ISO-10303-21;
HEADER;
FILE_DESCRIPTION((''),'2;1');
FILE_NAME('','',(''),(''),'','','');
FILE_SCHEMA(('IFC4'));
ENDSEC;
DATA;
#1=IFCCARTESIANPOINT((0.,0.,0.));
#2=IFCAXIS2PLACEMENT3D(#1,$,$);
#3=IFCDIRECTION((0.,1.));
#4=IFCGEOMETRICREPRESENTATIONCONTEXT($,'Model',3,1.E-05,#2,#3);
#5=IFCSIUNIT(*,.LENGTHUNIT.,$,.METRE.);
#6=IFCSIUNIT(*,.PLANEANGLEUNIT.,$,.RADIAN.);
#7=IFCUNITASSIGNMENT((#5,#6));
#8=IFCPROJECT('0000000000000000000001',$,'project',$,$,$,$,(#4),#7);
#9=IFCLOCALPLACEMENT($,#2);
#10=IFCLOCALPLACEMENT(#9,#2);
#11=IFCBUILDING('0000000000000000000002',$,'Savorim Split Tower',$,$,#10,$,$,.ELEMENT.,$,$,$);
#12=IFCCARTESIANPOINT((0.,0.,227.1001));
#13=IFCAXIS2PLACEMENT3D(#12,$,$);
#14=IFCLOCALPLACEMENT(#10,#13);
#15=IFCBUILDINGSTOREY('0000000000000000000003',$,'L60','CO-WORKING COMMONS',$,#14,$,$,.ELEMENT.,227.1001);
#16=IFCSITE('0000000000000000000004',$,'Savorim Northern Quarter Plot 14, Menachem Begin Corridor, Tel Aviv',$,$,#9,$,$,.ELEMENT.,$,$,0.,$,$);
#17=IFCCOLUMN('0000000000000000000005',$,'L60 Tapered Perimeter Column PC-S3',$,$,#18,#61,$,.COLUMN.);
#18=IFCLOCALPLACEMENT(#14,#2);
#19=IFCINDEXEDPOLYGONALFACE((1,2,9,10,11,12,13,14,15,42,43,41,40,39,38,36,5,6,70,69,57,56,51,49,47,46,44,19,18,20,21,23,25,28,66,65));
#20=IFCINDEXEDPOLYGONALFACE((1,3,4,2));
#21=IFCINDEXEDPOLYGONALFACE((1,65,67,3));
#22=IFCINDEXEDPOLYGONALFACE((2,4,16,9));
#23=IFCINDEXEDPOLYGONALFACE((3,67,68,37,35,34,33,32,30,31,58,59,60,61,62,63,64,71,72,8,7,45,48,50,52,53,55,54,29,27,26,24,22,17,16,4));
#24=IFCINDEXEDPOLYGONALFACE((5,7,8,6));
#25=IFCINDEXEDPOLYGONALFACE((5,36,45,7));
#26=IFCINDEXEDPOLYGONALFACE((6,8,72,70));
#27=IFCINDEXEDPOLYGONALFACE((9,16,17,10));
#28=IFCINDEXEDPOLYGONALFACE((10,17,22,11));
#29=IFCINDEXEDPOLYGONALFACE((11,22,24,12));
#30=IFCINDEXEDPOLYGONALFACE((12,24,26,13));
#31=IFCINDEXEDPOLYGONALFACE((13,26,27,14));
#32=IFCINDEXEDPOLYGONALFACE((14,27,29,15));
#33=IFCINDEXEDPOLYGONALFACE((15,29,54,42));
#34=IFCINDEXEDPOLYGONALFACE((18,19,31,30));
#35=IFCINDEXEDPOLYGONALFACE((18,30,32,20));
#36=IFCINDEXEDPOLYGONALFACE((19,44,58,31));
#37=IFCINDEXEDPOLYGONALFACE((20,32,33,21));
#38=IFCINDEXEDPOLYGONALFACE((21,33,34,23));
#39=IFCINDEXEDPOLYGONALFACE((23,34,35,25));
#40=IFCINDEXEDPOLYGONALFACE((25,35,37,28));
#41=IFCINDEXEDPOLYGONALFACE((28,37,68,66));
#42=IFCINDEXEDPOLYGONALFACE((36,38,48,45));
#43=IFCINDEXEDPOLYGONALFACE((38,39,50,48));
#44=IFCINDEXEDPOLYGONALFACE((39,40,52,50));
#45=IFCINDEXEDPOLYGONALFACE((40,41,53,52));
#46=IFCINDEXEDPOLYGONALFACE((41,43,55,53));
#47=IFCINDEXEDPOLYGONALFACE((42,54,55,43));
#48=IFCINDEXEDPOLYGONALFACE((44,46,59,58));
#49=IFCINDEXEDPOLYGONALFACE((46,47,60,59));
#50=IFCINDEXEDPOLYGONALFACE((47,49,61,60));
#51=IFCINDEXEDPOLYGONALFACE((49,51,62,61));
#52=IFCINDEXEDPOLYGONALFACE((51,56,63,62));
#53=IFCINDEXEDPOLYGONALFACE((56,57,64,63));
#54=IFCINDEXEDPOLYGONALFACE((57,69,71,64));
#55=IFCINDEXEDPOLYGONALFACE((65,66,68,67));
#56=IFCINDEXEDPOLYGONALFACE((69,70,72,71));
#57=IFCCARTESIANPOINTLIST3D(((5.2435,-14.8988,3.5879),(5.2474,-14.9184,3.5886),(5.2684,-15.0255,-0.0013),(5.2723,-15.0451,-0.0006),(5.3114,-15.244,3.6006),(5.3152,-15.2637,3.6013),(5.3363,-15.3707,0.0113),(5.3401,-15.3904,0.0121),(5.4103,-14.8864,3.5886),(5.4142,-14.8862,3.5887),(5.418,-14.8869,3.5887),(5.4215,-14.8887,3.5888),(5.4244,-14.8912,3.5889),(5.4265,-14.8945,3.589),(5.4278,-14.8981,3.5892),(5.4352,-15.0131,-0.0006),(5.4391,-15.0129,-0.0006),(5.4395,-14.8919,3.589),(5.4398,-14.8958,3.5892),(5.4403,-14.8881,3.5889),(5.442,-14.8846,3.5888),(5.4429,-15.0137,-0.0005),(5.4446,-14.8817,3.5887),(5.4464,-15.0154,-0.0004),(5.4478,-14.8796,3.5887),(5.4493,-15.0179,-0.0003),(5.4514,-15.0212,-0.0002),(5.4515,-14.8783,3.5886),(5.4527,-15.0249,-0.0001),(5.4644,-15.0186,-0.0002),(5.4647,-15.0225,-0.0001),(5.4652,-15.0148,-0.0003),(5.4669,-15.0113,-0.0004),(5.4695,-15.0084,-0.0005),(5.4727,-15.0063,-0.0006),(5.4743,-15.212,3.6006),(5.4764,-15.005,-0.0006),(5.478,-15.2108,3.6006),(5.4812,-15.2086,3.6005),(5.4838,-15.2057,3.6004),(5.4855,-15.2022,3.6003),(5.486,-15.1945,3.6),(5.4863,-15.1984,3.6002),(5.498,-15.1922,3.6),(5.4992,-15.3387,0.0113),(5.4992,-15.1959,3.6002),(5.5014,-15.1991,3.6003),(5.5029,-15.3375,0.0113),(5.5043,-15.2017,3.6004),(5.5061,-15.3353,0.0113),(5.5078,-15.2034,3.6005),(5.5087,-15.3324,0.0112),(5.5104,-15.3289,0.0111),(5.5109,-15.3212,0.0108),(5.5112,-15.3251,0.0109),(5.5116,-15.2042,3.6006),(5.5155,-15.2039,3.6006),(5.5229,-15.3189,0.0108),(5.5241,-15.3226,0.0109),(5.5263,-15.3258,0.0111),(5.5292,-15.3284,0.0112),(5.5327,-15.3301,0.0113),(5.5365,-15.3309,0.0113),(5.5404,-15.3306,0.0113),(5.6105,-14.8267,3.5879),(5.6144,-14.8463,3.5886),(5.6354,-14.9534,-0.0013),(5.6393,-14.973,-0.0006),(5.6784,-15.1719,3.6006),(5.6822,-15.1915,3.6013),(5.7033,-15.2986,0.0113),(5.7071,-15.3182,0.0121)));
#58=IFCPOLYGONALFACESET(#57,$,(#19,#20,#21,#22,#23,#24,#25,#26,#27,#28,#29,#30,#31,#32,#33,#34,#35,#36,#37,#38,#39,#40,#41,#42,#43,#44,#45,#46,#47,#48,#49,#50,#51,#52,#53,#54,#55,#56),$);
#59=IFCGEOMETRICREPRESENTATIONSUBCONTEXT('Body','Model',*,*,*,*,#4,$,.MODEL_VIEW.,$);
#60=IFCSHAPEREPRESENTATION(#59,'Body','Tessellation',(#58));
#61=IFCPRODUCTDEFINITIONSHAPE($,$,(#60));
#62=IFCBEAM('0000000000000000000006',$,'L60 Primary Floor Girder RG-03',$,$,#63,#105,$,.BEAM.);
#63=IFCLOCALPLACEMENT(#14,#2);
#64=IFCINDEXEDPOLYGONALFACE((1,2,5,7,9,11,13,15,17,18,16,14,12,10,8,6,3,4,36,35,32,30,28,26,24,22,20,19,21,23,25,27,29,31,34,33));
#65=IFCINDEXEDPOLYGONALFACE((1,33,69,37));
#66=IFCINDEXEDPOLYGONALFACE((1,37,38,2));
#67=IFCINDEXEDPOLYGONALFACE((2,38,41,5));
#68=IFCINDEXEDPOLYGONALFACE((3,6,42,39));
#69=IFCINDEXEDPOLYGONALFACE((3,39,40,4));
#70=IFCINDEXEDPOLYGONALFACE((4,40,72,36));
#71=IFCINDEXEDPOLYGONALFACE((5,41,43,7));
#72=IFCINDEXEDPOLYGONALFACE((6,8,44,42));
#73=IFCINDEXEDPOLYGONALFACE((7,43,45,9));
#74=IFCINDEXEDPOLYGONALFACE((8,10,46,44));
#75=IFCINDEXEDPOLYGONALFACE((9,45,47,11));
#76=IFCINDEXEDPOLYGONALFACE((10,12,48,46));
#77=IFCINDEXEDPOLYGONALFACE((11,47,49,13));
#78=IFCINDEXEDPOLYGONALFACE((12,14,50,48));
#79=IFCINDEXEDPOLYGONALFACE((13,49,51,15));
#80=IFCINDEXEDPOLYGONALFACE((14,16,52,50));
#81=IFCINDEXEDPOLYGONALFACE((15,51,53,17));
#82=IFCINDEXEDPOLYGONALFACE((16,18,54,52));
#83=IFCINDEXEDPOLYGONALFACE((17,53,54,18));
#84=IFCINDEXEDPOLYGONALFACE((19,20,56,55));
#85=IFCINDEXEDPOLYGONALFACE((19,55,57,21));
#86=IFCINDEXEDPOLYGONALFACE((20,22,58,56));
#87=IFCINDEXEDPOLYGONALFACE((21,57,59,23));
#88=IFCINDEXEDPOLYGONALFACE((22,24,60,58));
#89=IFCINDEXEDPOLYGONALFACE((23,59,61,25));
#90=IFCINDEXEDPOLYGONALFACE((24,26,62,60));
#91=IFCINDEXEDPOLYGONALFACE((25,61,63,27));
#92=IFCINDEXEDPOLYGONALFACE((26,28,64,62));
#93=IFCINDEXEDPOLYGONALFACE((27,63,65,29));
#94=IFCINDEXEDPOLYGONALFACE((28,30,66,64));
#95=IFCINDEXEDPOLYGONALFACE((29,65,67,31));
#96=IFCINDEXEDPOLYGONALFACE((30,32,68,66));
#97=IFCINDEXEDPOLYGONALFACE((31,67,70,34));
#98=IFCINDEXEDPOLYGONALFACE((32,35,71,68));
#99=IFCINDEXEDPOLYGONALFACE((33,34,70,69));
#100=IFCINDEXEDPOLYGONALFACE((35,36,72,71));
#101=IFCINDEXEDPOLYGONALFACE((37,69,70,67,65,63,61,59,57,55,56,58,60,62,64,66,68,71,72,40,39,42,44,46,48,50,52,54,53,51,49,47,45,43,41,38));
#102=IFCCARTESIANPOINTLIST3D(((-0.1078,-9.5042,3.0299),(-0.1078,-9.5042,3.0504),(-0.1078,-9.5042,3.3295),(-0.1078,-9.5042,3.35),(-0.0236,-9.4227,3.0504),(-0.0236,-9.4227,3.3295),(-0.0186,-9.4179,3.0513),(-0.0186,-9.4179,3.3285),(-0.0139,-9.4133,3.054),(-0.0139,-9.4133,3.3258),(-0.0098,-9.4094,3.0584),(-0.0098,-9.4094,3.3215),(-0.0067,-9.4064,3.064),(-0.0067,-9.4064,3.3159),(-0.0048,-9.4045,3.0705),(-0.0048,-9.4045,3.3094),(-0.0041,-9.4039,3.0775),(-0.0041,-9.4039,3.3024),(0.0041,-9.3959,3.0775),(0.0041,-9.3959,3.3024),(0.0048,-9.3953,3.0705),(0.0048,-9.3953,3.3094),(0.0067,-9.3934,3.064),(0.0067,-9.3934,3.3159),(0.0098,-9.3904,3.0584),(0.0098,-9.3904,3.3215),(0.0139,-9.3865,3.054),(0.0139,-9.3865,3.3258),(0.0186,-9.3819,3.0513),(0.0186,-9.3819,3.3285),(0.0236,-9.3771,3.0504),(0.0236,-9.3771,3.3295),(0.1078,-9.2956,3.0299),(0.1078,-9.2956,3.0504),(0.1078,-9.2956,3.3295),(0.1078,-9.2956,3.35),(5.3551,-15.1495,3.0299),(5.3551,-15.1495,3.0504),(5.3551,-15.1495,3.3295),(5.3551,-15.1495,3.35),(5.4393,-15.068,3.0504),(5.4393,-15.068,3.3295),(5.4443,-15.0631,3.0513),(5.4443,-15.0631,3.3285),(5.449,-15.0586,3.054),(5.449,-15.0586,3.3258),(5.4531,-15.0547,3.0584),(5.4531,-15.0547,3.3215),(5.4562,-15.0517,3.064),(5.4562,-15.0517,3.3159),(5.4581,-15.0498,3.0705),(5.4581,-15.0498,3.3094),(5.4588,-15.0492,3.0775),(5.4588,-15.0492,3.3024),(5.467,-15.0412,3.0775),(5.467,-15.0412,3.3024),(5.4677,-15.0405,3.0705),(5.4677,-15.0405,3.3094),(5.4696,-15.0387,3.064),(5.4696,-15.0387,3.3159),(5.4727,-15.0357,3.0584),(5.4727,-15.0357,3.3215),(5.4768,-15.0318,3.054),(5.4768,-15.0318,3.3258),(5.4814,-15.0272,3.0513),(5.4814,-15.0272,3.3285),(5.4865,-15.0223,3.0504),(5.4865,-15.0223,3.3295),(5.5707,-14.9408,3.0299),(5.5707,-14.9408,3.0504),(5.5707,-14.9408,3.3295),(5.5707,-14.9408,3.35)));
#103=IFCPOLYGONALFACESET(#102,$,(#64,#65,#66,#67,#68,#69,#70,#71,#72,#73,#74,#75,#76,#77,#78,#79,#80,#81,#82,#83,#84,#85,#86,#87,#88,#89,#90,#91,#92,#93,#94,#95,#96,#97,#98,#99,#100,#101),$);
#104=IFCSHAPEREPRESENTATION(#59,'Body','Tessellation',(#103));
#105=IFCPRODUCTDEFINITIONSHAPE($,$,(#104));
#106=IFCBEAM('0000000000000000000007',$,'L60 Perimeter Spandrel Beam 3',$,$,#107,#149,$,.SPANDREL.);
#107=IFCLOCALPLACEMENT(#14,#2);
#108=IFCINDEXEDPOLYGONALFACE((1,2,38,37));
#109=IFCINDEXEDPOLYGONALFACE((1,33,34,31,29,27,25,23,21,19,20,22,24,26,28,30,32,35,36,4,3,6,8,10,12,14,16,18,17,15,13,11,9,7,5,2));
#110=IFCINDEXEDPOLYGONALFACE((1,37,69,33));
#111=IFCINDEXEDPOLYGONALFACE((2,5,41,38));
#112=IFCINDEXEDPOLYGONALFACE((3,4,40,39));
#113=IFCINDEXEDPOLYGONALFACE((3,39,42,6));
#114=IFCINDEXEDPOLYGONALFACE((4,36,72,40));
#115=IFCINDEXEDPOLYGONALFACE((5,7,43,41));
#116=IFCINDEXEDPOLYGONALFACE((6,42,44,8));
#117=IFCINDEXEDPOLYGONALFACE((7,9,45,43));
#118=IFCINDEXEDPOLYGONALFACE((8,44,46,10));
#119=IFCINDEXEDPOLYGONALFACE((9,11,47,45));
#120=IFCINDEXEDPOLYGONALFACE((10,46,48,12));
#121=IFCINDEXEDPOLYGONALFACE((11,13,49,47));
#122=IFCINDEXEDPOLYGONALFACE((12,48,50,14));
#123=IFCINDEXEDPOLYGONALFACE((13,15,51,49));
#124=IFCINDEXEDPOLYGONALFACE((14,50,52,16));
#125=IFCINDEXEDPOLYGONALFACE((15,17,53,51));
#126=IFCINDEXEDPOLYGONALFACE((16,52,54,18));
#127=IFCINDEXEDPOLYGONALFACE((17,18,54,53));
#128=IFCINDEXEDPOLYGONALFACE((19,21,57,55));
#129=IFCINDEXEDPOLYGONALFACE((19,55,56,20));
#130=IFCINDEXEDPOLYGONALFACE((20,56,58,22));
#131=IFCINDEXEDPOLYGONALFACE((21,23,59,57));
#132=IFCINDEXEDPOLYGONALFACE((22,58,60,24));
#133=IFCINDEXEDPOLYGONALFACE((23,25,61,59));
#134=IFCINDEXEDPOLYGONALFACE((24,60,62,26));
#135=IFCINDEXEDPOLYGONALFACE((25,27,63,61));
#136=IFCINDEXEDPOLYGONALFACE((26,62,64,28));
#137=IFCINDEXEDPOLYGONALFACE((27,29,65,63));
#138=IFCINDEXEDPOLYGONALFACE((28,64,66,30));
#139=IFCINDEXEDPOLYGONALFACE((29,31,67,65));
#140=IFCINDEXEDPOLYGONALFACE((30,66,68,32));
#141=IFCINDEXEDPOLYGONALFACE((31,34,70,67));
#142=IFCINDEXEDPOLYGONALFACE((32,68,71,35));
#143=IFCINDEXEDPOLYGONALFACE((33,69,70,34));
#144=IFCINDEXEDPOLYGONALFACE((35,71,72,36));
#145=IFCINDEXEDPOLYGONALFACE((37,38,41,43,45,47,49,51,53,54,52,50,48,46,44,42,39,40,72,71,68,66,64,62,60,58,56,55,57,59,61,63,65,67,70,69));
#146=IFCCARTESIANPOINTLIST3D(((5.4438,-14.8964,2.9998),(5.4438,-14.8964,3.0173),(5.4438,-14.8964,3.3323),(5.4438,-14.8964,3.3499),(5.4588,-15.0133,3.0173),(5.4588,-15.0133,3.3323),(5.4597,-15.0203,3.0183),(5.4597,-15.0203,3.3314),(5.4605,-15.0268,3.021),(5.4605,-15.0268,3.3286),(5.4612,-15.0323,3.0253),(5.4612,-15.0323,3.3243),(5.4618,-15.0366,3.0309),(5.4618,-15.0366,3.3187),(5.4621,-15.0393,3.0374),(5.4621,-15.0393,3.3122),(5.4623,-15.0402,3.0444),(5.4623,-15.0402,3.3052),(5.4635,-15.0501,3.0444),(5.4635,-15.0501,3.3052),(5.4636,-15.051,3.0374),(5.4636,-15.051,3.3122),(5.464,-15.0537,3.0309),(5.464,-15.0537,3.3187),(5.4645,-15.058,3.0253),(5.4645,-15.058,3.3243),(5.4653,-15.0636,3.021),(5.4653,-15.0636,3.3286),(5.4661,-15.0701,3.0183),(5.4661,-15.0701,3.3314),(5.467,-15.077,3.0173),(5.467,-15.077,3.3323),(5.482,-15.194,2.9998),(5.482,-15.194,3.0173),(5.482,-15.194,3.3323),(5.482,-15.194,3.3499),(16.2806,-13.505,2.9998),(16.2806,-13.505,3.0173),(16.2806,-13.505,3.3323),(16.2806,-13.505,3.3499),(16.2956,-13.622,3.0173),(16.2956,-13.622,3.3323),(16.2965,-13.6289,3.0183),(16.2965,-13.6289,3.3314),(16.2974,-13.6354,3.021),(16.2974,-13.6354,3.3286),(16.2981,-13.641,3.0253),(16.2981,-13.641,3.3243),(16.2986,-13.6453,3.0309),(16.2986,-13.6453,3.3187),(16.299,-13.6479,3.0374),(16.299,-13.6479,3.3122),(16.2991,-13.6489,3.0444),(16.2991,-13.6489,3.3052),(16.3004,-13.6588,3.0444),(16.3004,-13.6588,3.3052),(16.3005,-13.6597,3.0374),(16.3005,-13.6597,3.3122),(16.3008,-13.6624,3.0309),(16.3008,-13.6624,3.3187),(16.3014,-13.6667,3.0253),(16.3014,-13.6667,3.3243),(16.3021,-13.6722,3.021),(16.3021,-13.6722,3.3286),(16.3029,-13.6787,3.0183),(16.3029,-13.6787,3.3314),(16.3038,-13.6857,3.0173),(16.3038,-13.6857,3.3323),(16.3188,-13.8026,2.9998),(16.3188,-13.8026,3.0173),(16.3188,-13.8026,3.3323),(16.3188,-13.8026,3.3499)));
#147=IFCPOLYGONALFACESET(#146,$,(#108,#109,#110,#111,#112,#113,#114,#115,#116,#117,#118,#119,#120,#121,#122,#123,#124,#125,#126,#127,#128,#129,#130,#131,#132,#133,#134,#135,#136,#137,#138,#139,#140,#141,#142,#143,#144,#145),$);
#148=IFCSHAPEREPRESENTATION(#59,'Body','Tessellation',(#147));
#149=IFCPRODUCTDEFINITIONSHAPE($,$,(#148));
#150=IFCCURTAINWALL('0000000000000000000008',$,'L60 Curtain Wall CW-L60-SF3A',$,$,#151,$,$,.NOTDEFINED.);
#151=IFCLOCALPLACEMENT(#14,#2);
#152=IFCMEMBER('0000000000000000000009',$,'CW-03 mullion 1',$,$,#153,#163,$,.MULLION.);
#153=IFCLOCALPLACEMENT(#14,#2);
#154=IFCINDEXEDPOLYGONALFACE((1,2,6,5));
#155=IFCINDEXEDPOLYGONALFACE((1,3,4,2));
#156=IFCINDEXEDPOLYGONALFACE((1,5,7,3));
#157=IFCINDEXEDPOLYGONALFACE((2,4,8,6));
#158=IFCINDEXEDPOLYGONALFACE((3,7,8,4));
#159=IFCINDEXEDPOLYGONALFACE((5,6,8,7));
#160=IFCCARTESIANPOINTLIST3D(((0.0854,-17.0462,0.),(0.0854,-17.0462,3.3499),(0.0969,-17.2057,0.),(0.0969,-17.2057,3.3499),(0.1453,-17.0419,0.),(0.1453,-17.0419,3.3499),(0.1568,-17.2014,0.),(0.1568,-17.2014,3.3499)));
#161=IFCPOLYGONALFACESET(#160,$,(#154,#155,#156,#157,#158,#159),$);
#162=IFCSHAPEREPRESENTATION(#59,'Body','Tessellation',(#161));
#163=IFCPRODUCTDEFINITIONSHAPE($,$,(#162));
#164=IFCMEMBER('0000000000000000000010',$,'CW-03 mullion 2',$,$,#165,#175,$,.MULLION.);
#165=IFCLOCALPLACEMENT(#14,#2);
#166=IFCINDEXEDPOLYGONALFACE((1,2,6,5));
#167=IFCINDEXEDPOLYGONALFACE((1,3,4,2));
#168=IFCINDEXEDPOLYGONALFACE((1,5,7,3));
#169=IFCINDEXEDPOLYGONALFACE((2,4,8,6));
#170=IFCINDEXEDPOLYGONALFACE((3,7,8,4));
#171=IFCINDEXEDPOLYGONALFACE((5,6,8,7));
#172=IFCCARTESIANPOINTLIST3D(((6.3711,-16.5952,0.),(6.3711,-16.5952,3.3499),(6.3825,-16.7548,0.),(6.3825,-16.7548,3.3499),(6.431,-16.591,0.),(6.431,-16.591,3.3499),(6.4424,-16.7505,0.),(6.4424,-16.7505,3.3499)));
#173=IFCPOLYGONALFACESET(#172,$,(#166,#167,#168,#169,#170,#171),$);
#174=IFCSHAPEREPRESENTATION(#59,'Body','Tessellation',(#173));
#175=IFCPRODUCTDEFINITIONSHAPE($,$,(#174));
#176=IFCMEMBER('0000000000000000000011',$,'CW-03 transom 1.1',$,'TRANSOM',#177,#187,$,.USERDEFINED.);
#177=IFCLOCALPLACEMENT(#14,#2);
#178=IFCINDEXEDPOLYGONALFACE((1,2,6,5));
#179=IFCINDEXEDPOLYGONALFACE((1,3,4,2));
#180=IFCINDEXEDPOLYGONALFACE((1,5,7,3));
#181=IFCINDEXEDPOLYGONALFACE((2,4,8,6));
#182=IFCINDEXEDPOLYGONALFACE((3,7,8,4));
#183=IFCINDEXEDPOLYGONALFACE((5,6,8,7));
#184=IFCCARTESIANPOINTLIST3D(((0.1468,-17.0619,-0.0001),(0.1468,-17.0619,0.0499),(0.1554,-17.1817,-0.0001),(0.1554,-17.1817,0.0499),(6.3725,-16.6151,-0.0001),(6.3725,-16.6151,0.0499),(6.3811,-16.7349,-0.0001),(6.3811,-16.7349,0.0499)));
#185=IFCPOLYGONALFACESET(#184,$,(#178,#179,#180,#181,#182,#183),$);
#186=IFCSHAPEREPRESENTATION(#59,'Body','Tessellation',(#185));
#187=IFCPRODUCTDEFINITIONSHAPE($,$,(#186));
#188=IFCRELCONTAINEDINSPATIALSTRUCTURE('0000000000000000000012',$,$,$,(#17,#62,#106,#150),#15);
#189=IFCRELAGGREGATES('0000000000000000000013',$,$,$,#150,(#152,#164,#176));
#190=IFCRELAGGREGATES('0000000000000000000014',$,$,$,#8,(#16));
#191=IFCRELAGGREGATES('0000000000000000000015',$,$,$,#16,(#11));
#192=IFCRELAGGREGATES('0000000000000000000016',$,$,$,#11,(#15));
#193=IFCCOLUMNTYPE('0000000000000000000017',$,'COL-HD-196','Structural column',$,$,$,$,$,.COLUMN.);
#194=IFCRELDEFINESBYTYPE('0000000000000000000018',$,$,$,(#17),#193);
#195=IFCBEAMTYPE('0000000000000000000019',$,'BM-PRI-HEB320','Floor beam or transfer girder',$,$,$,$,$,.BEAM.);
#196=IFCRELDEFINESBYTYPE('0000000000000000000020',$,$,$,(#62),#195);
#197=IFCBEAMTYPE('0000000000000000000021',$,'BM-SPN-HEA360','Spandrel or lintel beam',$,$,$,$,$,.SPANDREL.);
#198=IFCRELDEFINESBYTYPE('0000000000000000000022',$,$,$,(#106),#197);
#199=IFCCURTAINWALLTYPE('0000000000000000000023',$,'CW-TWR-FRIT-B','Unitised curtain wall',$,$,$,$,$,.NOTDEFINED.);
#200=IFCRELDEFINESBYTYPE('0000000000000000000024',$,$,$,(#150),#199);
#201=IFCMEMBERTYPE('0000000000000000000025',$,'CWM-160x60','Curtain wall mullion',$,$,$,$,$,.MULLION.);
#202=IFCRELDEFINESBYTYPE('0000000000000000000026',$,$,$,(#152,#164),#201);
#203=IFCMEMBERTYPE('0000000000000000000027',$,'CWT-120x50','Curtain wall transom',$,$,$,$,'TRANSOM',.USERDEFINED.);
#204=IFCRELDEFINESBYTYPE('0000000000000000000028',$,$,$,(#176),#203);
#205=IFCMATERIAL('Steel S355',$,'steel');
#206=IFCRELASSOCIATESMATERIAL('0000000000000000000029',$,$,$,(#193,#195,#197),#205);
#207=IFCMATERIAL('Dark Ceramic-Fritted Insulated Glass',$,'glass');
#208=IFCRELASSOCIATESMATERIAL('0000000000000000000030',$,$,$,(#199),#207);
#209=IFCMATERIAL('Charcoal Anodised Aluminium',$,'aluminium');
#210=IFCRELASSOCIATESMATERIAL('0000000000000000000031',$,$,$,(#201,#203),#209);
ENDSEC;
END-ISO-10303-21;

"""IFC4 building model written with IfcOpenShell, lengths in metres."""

from ifc_helpers import new_model, si_unit, direction, frame, origin, origin_2d, place, context, subcontext, project, spatial, rectangle, i_section, extrude, material, material_profile, profile_set, type_object, element, aggregate, save


model = new_model("IFC4")

# Units and contexts
model_context = context("Model", 3, precision=1e-05, world=origin(), true_north=direction((0.0, 1.0)))
body_context = subcontext(model_context, "Body", "Model", "MODEL_VIEW")
ifc_project = project(units=[si_unit("LENGTHUNIT", "METRE"), si_unit("PLANEANGLEUNIT", "RADIAN")], contexts=[model_context])

# Site, building, storey
site_placement = place(None, origin())
site = spatial("IfcSite", under=ifc_project, at=site_placement, Name="Savorim Northern Quarter Plot 14, Menachem Begin Corridor, Tel Aviv", CompositionType="ELEMENT", RefElevation=0.0)
building_placement = place(site_placement, origin())
building = spatial("IfcBuilding", under=site, at=building_placement, Name="Savorim Split Tower", CompositionType="ELEMENT")
storey_placement = place(building_placement, frame((0.0, 0.0, 227.1001)))
storey = spatial("IfcBuildingStorey", under=building, at=storey_placement, Name="L60", Description="CO-WORKING COMMONS", CompositionType="ELEMENT", Elevation=227.1001)

# Column
ifc_material_1 = material(Name="Steel S355", Category="steel")
ifc_material_profile_1 = material_profile(ifc_material_1, i_section(OverallWidth=0.374, OverallDepth=0.3721, WebThickness=0.0122, FlangeThickness=0.02, FilletRadius=0.0149, at=origin_2d()), Name="HD 360x196")
ifc_profile_set_1 = profile_set([ifc_material_profile_1], Name="Steel S355")
column_type = type_object("IfcColumnType", Name="COL-HD-196", Description="Structural column", PredefinedType="COLUMN", material=ifc_profile_set_1)
column_placement = place(storey_placement, frame((5.4878, -15.1719, 0.0054), z_axis=(-0.006934, 0.035281, 0.999353), x_axis=(-0.98123, -0.192843, 0.0)))
element("IfcColumn", 1, at=column_placement, inside=storey, type_object=column_type, Name="L60 Tapered Perimeter Column PC-S3", PredefinedType="COLUMN", context=body_context, shape_type="SweptSolid", body=[
    extrude(i_section(OverallWidth=0.374, OverallDepth=0.3721, WebThickness=0.0122, FlangeThickness=0.02, FilletRadius=0.0149, at=origin_2d()), origin(), (0.0, 0.0, 1.0), 3.5916),
])

# Beams
ifc_material_profile_2 = material_profile(ifc_material_1, i_section(OverallWidth=0.3, OverallDepth=0.3201, WebThickness=0.0115, FlangeThickness=0.0205, FilletRadius=0.0271, at=origin_2d()), Name="HEB 320")
ifc_profile_set_2 = profile_set([ifc_material_profile_2], Name="Steel S355")
beam_type_1 = type_object("IfcBeamType", Name="BM-PRI-HEB320", Description="Floor beam or transfer girder", PredefinedType="BEAM", material=ifc_profile_set_2)
beam_1_placement = place(storey_placement, frame((5.4629, -15.0452, 3.1899), z_axis=(-0.695404, 0.718619, 0.0), x_axis=(-0.718619, -0.695404, 0.0)))
element("IfcBeam", 2, at=beam_1_placement, inside=storey, type_object=beam_type_1, Name="L60 Primary Floor Girder RG-03", PredefinedType="BEAM", context=body_context, shape_type="SweptSolid", body=[
    extrude(i_section(OverallWidth=0.3, OverallDepth=0.3201, WebThickness=0.0115, FlangeThickness=0.0205, FilletRadius=0.0271, at=origin_2d()), origin(), (0.0, 0.0, 1.0), 7.8557),
])
ifc_material_profile_3 = material_profile(ifc_material_1, i_section(OverallWidth=0.3, OverallDepth=0.3501, WebThickness=0.01, FlangeThickness=0.0176, FilletRadius=0.0271, at=origin_2d()), Name="HEA 360")
ifc_profile_set_3 = profile_set([ifc_material_profile_3], Name="Steel S355")
beam_type_2 = type_object("IfcBeamType", Name="BM-SPN-HEA360", Description="Spandrel or lintel beam", PredefinedType="SPANDREL", material=ifc_profile_set_3)
beam_2_placement = place(storey_placement, frame((5.4629, -15.0452, 3.1748), z_axis=(0.991858, 0.127345, 0.0), x_axis=(-0.127345, 0.991858, 0.0)))
element("IfcBeam", 3, at=beam_2_placement, inside=storey, type_object=beam_type_2, Name="L60 Perimeter Spandrel Beam 3", PredefinedType="SPANDREL", context=body_context, shape_type="SweptSolid", body=[
    extrude(i_section(OverallWidth=0.3, OverallDepth=0.3501, WebThickness=0.01, FlangeThickness=0.0176, FilletRadius=0.0271, at=origin_2d()), origin(), (0.0, 0.0, 1.0), 10.9258),
])

# Curtain wall, members
ifc_material_2 = material(Name="Dark Ceramic-Fritted Insulated Glass", Category="glass")
curtain_wall_type = type_object("IfcCurtainWallType", Name="CW-TWR-FRIT-B", Description="Unitised curtain wall", PredefinedType="NOTDEFINED", material=ifc_material_2)
curtain_wall_placement = place(storey_placement, origin())
curtain_wall = element("IfcCurtainWall", 4, at=curtain_wall_placement, inside=storey, type_object=curtain_wall_type, Name="L60 Curtain Wall CW-L60-SF3A", PredefinedType="NOTDEFINED")
ifc_material_3 = material(Name="Charcoal Anodised Aluminium", Category="aluminium")
ifc_material_profile_4 = material_profile(ifc_material_3, rectangle(XDim=0.1599, YDim=0.0601, at=origin_2d()), Name="ALU-M 160x60")
ifc_profile_set_4 = profile_set([ifc_material_profile_4], Name="Charcoal Anodised Aluminium")
member_type_1 = type_object("IfcMemberType", Name="CWM-160x60", Description="Curtain wall mullion", PredefinedType="MULLION", material=ifc_profile_set_4)
member_1_placement = place(storey_placement, frame((0.1211, -17.1238, 0.0), z_axis=(0.0, 0.0, 1.0), x_axis=(-0.07156, 0.997436, 0.0)))
member_1 = element("IfcMember", 5, at=member_1_placement, type_object=member_type_1, Name="CW-03 mullion 1", PredefinedType="MULLION", context=body_context, shape_type="SweptSolid", body=[
    extrude(rectangle(XDim=0.1599, YDim=0.0601, at=origin_2d()), origin(), (0.0, 0.0, 1.0), 3.3499),
])
member_2_placement = place(storey_placement, frame((6.4067, -16.6729, 0.0), z_axis=(0.0, 0.0, 1.0), x_axis=(-0.07156, 0.997436, 0.0)))
member_2 = element("IfcMember", 6, at=member_2_placement, type_object=member_type_1, Name="CW-03 mullion 2", PredefinedType="MULLION", context=body_context, shape_type="SweptSolid", body=[
    extrude(rectangle(XDim=0.1599, YDim=0.0601, at=origin_2d()), origin(), (0.0, 0.0, 1.0), 3.3499),
])
ifc_material_profile_5 = material_profile(ifc_material_3, rectangle(XDim=0.1201, YDim=0.05, at=origin_2d()), Name="ALU-T 120x50")
ifc_profile_set_5 = profile_set([ifc_material_profile_5], Name="Charcoal Anodised Aluminium")
member_type_2 = type_object("IfcMemberType", Name="CWT-120x50", Description="Curtain wall transom", ElementType="TRANSOM", PredefinedType="USERDEFINED", material=ifc_profile_set_5)
member_3_placement = place(storey_placement, frame((0.1511, -17.1218, 0.0249), z_axis=(0.997435, 0.071581, 0.0), x_axis=(-0.071581, 0.997435, 0.0)))
member_3 = element("IfcMember", 7, at=member_3_placement, type_object=member_type_2, Name="CW-03 transom 1.1", ObjectType="TRANSOM", PredefinedType="USERDEFINED", context=body_context, shape_type="SweptSolid", body=[
    extrude(rectangle(XDim=0.1201, YDim=0.05, at=origin_2d()), origin(), (0.0, 0.0, 1.0), 6.2417),
])
aggregate(curtain_wall, [member_1, member_2, member_3])

save(model, "model.ifc")
